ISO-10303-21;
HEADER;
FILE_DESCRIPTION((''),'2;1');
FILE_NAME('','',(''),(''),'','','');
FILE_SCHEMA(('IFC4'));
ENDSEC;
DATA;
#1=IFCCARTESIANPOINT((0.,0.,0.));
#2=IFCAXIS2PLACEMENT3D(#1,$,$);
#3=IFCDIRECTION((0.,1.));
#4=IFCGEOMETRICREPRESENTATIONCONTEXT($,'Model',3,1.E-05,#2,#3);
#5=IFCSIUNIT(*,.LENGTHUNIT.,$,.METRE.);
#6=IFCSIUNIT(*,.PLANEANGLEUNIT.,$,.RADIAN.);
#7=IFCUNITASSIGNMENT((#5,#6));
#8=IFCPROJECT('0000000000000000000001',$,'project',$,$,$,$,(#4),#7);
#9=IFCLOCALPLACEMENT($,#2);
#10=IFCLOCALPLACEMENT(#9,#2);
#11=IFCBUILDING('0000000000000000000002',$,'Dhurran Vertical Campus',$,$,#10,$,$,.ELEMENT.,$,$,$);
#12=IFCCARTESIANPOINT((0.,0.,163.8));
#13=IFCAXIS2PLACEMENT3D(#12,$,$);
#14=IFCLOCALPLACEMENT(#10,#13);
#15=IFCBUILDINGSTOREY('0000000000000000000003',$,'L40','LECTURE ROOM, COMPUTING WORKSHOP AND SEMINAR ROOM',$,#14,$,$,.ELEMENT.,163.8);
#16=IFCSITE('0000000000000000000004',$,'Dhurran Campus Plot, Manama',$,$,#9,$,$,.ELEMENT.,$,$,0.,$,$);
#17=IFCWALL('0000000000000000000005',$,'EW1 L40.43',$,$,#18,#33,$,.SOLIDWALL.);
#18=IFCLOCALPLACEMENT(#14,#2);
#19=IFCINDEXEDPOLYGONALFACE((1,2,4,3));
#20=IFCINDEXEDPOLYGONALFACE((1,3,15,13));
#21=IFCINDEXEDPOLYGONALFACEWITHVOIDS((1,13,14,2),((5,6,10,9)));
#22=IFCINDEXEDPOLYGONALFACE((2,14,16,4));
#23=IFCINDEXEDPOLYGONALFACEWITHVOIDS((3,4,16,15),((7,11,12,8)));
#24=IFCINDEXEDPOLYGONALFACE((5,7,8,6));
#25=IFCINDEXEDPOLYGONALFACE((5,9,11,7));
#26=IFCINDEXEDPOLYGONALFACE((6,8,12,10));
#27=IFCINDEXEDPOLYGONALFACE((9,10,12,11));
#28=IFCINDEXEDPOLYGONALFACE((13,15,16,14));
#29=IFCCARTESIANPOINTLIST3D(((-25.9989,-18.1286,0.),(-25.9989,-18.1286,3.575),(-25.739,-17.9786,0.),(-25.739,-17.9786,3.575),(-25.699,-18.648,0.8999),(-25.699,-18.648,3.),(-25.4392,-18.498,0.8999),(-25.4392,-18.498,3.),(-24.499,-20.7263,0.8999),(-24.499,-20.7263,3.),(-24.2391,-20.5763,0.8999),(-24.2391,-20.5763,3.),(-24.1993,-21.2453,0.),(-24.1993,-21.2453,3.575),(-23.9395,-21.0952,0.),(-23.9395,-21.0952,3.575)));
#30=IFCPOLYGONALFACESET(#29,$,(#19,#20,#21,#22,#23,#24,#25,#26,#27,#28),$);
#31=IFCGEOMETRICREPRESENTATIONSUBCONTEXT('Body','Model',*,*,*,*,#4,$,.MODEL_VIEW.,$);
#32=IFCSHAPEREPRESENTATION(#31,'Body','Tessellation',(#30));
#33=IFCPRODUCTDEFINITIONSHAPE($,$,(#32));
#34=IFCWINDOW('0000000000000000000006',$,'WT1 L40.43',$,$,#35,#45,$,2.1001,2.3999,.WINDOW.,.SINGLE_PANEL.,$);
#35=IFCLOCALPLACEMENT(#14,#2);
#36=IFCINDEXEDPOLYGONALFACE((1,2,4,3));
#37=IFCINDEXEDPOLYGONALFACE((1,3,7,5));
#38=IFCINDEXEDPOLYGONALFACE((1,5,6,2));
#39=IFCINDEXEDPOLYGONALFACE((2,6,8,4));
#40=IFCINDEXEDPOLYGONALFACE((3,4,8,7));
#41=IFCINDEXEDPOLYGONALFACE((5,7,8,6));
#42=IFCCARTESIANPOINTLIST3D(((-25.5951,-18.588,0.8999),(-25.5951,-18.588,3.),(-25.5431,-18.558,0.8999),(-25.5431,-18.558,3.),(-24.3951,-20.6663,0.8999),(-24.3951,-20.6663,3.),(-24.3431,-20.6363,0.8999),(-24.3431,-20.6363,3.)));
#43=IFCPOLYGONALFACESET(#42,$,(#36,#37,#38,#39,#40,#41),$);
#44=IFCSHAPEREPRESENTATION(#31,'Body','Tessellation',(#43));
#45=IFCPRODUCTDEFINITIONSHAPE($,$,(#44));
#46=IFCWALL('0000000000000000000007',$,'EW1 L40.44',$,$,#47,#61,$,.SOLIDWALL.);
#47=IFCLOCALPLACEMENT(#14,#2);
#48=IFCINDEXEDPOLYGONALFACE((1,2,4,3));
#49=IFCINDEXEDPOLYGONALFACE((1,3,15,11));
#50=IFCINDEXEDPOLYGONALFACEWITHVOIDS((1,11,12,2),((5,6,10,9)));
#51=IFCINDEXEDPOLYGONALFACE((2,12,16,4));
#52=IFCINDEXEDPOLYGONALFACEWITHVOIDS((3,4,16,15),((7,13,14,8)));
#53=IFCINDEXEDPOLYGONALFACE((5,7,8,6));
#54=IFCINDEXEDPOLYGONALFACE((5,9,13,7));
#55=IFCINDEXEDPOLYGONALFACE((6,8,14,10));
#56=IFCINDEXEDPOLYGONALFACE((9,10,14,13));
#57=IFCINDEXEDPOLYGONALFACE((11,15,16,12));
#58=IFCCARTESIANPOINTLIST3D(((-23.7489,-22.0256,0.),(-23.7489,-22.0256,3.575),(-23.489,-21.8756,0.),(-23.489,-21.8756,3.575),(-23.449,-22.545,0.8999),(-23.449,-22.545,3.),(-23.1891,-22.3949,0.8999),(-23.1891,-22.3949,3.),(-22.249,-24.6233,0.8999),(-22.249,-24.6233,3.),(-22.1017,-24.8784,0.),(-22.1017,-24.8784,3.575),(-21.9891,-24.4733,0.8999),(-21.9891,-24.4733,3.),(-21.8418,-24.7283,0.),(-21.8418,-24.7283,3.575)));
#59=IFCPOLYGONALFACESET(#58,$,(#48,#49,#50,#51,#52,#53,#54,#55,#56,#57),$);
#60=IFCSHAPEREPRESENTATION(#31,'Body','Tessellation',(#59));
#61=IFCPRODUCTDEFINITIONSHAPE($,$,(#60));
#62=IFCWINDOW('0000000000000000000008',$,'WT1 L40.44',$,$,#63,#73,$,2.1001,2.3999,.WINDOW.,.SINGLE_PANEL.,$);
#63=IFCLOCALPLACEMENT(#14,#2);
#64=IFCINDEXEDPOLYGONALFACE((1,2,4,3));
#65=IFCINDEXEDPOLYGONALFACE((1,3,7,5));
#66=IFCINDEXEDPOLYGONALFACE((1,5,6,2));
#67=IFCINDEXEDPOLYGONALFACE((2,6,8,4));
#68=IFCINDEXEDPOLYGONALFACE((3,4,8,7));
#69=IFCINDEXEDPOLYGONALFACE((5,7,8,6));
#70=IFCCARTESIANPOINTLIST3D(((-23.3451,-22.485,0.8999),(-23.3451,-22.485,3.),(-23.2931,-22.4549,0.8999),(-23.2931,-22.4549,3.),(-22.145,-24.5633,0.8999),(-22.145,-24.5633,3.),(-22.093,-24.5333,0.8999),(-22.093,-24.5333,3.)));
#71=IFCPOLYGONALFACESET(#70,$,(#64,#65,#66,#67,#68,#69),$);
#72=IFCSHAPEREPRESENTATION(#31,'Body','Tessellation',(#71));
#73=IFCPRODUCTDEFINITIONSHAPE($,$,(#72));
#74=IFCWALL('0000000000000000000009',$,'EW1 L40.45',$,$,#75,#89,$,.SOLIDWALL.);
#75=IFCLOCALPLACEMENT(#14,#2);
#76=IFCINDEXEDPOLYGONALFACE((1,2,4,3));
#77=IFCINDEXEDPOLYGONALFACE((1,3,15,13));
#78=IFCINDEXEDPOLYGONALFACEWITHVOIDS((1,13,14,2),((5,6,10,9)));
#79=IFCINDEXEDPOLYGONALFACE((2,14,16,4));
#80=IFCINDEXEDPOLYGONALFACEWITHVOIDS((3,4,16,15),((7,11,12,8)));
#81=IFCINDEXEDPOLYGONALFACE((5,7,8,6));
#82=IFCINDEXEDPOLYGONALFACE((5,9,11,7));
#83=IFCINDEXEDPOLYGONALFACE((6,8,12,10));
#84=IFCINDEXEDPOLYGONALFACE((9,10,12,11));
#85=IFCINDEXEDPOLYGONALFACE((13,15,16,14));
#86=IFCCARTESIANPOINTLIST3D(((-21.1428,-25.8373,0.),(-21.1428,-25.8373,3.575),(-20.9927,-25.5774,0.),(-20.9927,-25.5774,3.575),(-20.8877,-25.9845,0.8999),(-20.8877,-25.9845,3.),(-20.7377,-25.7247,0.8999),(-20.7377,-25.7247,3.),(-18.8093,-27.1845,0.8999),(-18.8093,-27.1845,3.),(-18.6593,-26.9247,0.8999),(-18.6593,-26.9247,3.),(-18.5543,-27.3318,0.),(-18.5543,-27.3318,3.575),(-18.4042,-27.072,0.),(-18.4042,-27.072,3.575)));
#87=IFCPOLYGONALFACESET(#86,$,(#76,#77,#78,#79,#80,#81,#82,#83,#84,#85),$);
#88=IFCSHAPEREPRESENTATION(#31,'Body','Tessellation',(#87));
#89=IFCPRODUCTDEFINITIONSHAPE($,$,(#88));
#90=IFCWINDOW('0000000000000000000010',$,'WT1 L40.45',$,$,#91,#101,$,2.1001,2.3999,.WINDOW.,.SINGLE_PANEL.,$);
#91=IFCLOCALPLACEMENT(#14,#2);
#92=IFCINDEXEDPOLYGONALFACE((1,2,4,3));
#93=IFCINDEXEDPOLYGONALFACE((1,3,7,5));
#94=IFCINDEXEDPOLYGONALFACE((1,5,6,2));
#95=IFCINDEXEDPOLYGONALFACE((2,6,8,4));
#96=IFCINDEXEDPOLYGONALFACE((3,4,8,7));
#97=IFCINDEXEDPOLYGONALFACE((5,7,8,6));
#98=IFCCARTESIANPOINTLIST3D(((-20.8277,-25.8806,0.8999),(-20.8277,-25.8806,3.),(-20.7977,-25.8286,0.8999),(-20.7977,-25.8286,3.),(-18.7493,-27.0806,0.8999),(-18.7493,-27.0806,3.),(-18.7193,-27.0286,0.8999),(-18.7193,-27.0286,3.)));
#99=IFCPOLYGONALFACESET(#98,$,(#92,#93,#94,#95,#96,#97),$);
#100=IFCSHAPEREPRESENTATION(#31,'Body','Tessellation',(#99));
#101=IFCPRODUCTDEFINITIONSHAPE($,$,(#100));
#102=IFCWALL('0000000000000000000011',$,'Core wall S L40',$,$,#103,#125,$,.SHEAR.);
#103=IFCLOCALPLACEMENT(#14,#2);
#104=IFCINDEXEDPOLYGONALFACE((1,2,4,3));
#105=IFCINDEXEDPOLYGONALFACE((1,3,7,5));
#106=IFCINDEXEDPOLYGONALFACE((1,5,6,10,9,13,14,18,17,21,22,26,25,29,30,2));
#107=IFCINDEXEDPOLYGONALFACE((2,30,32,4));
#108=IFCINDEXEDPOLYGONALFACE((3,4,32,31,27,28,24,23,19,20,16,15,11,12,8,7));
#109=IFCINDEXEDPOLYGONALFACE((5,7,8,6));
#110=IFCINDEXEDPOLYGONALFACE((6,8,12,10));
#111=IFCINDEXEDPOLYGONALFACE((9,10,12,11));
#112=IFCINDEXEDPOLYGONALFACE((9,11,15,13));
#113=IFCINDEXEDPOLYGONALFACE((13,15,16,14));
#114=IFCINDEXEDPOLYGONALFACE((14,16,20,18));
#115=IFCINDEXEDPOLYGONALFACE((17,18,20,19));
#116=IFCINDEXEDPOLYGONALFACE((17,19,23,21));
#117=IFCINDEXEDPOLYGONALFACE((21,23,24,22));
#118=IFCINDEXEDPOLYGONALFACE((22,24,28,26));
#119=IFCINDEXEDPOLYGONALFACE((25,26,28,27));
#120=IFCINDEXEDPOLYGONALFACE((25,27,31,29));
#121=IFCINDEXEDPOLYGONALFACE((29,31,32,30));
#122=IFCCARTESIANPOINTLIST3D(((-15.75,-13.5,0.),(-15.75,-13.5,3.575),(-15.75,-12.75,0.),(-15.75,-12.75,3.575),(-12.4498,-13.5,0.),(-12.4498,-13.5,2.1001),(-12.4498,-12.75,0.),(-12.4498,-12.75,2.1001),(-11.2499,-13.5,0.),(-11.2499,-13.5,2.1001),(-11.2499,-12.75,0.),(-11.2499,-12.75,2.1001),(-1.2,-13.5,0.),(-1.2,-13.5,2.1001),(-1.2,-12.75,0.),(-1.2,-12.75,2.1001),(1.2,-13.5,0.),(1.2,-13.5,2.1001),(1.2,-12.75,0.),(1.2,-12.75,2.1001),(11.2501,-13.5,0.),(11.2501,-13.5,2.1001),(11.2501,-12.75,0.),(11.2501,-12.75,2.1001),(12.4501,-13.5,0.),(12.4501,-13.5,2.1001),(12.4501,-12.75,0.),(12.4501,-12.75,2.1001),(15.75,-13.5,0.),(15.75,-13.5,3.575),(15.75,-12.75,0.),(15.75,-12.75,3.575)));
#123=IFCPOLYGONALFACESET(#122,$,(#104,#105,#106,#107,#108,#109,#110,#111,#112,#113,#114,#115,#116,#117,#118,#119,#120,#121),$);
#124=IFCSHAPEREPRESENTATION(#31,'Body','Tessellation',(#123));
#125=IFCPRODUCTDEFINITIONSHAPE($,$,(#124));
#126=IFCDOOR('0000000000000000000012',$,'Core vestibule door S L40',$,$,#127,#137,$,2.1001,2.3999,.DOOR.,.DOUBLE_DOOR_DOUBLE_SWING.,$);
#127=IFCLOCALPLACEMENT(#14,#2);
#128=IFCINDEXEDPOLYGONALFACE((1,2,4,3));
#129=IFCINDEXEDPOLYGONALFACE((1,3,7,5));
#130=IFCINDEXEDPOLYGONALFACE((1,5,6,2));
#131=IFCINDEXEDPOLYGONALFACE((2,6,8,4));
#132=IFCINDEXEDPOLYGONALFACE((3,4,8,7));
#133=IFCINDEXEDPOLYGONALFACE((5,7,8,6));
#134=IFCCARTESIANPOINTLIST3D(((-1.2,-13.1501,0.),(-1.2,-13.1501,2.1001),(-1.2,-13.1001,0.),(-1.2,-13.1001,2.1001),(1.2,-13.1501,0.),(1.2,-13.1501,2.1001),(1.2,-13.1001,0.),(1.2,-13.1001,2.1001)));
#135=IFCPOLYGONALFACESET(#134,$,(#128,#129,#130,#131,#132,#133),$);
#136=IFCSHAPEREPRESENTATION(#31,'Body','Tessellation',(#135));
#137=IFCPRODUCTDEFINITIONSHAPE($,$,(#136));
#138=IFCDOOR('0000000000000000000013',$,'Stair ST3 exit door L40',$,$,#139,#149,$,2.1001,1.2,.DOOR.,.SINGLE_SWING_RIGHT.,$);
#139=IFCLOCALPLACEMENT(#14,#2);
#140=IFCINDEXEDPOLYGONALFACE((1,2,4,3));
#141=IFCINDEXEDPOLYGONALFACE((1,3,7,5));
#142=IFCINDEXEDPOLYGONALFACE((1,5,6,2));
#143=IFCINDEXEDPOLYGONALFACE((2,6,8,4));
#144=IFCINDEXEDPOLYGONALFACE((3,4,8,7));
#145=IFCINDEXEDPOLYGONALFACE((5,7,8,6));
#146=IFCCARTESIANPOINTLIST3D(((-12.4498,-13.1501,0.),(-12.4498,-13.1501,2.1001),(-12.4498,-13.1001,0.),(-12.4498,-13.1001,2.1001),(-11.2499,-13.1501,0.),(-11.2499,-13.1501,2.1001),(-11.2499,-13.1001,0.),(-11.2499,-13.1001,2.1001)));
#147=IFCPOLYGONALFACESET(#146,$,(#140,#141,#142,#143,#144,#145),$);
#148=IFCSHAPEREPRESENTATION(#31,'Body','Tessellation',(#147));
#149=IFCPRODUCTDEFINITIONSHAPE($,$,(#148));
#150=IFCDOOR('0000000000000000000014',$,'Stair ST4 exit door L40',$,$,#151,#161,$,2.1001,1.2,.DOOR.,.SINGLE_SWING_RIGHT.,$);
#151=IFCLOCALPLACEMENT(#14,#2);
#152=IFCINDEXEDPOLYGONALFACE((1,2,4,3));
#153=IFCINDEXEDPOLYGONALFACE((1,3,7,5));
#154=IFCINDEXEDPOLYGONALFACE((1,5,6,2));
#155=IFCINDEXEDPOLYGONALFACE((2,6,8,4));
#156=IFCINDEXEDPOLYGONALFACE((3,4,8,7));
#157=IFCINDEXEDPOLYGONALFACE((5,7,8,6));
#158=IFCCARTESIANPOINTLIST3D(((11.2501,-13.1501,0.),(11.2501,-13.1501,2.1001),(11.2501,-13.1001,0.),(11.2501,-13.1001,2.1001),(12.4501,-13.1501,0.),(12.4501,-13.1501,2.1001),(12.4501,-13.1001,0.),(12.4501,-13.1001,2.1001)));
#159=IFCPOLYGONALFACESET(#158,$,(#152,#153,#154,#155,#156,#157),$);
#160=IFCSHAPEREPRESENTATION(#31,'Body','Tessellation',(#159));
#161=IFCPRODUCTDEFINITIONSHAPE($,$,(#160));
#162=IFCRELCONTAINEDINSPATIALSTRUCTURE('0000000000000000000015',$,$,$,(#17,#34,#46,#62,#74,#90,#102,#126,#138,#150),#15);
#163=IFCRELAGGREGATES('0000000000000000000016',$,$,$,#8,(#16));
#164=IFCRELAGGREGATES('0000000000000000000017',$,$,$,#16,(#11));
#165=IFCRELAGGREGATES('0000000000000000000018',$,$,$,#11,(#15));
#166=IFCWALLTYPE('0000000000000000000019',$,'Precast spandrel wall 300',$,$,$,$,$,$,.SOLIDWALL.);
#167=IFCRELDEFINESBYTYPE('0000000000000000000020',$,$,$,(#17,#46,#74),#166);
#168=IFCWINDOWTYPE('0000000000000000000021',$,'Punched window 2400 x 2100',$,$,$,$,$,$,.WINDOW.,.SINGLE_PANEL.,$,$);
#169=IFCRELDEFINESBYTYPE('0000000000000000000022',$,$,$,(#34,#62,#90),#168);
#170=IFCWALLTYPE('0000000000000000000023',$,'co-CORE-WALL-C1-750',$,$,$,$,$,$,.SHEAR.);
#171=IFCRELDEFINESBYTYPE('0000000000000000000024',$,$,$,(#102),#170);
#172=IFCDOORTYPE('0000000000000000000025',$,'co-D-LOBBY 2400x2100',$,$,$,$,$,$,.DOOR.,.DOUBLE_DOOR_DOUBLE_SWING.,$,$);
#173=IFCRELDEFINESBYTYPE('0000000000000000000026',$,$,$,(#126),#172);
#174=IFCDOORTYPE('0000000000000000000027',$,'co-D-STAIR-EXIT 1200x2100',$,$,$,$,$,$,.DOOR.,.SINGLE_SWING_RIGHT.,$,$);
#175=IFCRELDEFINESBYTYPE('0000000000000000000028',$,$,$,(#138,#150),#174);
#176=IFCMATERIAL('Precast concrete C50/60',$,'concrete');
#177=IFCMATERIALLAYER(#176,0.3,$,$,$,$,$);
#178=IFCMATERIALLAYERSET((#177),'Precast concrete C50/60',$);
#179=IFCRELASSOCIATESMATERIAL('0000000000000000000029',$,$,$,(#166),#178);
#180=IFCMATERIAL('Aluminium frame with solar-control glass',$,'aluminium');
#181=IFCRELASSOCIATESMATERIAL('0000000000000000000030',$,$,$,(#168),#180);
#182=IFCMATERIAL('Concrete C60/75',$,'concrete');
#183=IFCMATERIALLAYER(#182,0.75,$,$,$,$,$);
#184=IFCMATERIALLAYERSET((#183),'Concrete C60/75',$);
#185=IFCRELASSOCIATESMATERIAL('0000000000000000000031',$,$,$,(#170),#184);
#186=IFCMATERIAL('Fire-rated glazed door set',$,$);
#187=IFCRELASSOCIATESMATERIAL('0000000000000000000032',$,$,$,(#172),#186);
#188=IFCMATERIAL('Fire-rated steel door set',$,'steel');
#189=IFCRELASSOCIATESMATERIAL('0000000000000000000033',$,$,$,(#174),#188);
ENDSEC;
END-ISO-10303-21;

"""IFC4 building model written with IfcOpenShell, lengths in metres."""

from ifc_helpers import new_model, si_unit, direction, frame, frame_2d, origin, place, context, subcontext, project, spatial, rectangle, extrude, material, layer, layer_set, type_object, element, fill, save


model = new_model("IFC4")

# Units and contexts
model_context = context("Model", 3, precision=1e-05, world=origin(), true_north=direction((0.0, 1.0)))
body_context = subcontext(model_context, "Body", "Model", "MODEL_VIEW")
ifc_project = project(units=[si_unit("LENGTHUNIT", "METRE"), si_unit("PLANEANGLEUNIT", "RADIAN")], contexts=[model_context])

# Site, building, storey
site_placement = place(None, origin())
site = spatial("IfcSite", under=ifc_project, at=site_placement, Name="Dhurran Campus Plot, Manama", CompositionType="ELEMENT", RefElevation=0.0)
building_placement = place(site_placement, origin())
building = spatial("IfcBuilding", under=site, at=building_placement, Name="Dhurran Vertical Campus", CompositionType="ELEMENT")
storey_placement = place(building_placement, frame((0.0, 0.0, 163.8)))
storey = spatial("IfcBuildingStorey", under=building, at=storey_placement, Name="L40", Description="LECTURE ROOM, COMPUTING WORKSHOP AND SEMINAR ROOM", CompositionType="ELEMENT", Elevation=163.8)

# Walls, openings, windows
ifc_material_1 = material(Name="Precast concrete C50/60", Category="concrete")
ifc_layer_1 = layer(ifc_material_1, 0.3)
ifc_layer_set_1 = layer_set([ifc_layer_1], Name="Precast concrete C50/60")
wall_type_1 = type_object("IfcWallType", Name="Precast spandrel wall 300", PredefinedType="SOLIDWALL", material=ifc_layer_set_1)
ifc_material_2 = material(Name="Aluminium frame with solar-control glass", Category="aluminium")
window_type = type_object("IfcWindowType", Name="Punched window 2400 x 2100", PartitioningType="SINGLE_PANEL", PredefinedType="WINDOW", material=ifc_material_2)
wall_1_placement = place(storey_placement, frame((-25.8689, -18.0537, 0.0), z_axis=(0.0, 0.0, 1.0), x_axis=(0.500028, -0.866009, 0.0)))
wall_1 = element("IfcWall", 1, at=wall_1_placement, inside=storey, type_object=wall_type_1, Name="EW1 L40.43", PredefinedType="SOLIDWALL", context=body_context, shape_type="SweptSolid", body=[
    extrude(rectangle(XDim=3.5989, YDim=0.3, at=frame_2d((1.7993, 0.0))), origin(), (0.0, 0.0, 1.0), 3.575),
])
opening_1_placement = place(wall_1_placement, frame((0.5996, 0.0, 0.8999)))
opening_1 = element("IfcOpeningElement", 2, at=opening_1_placement, cuts=wall_1, PredefinedType="OPENING", context=body_context, shape_type="SweptSolid", body=[
    extrude(rectangle(XDim=2.3999, YDim=2.1001, at=frame_2d((1.2, 1.05))), frame((0.0, 0.1599, 0.0), z_axis=(0.0, -1.0, 0.0), x_axis=(1.0, 0.0, 0.0)), (0.0, 0.0, 1.0), 0.3201),
])
window_1_placement = place(opening_1_placement, origin())
window_1 = element("IfcWindow", 3, at=window_1_placement, inside=storey, type_object=window_type, Name="WT1 L40.43", OverallHeight=2.1001, OverallWidth=2.3999, PartitioningType="SINGLE_PANEL", PredefinedType="WINDOW", context=body_context, shape_type="SweptSolid", body=[
    extrude(rectangle(XDim=2.3999, YDim=2.1001, at=frame_2d((1.2, 1.05))), frame((0.0, 0.03, 0.0), z_axis=(0.0, -1.0, 0.0), x_axis=(1.0, 0.0, 0.0)), (0.0, 0.0, 1.0), 0.0601),
])
fill(opening_1, window_1)
wall_2_placement = place(storey_placement, frame((-23.6189, -21.9507, 0.0), z_axis=(0.0, 0.0, 1.0), x_axis=(0.500037, -0.866004, 0.0)))
wall_2 = element("IfcWall", 4, at=wall_2_placement, inside=storey, type_object=wall_type_1, Name="EW1 L40.44", PredefinedType="SOLIDWALL", context=body_context, shape_type="SweptSolid", body=[
    extrude(rectangle(XDim=3.2942, YDim=0.3, at=frame_2d((1.647, 0.0))), origin(), (0.0, 0.0, 1.0), 3.575),
])
opening_2_placement = place(wall_2_placement, frame((0.5996, 0.0, 0.8999)))
opening_2 = element("IfcOpeningElement", 5, at=opening_2_placement, cuts=wall_2, PredefinedType="OPENING", context=body_context, shape_type="SweptSolid", body=[
    extrude(rectangle(XDim=2.3999, YDim=2.1001, at=frame_2d((1.2, 1.05))), frame((0.0, 0.1599, 0.0), z_axis=(0.0, -1.0, 0.0), x_axis=(1.0, 0.0, 0.0)), (0.0, 0.0, 1.0), 0.3201),
])
window_2_placement = place(opening_2_placement, origin())
window_2 = element("IfcWindow", 6, at=window_2_placement, inside=storey, type_object=window_type, Name="WT1 L40.44", OverallHeight=2.1001, OverallWidth=2.3999, PartitioningType="SINGLE_PANEL", PredefinedType="WINDOW", context=body_context, shape_type="SweptSolid", body=[
    extrude(rectangle(XDim=2.3999, YDim=2.1001, at=frame_2d((1.2, 1.05))), frame((0.0, 0.03, 0.0), z_axis=(0.0, -1.0, 0.0), x_axis=(1.0, 0.0, 0.0)), (0.0, 0.0, 1.0), 0.0601),
])
fill(opening_2, window_2)
wall_3_placement = place(storey_placement, frame((-21.0679, -25.7073, 0.0), z_axis=(0.0, 0.0, 1.0), x_axis=(0.866013, -0.500022, 0.0)))
wall_3 = element("IfcWall", 7, at=wall_3_placement, inside=storey, type_object=wall_type_1, Name="EW1 L40.45", PredefinedType="SOLIDWALL", context=body_context, shape_type="SweptSolid", body=[
    extrude(rectangle(XDim=2.989, YDim=0.3, at=frame_2d((1.4946, 0.0))), origin(), (0.0, 0.0, 1.0), 3.575),
])
opening_3_placement = place(wall_3_placement, frame((0.2947, 0.0, 0.8999)))
opening_3 = element("IfcOpeningElement", 8, at=opening_3_placement, cuts=wall_3, PredefinedType="OPENING", context=body_context, shape_type="SweptSolid", body=[
    extrude(rectangle(XDim=2.3999, YDim=2.1001, at=frame_2d((1.2, 1.05))), frame((0.0, 0.1599, 0.0), z_axis=(0.0, -1.0, 0.0), x_axis=(1.0, 0.0, 0.0)), (0.0, 0.0, 1.0), 0.3201),
])
window_3_placement = place(opening_3_placement, origin())
window_3 = element("IfcWindow", 9, at=window_3_placement, inside=storey, type_object=window_type, Name="WT1 L40.45", OverallHeight=2.1001, OverallWidth=2.3999, PartitioningType="SINGLE_PANEL", PredefinedType="WINDOW", context=body_context, shape_type="SweptSolid", body=[
    extrude(rectangle(XDim=2.3999, YDim=2.1001, at=frame_2d((1.2, 1.05))), frame((0.0, 0.03, 0.0), z_axis=(0.0, -1.0, 0.0), x_axis=(1.0, 0.0, 0.0)), (0.0, 0.0, 1.0), 0.0601),
])
fill(opening_3, window_3)

# Wall, openings, doors
ifc_material_3 = material(Name="Concrete C60/75", Category="concrete")
ifc_layer_2 = layer(ifc_material_3, 0.75)
ifc_layer_set_2 = layer_set([ifc_layer_2], Name="Concrete C60/75")
wall_type_2 = type_object("IfcWallType", Name="co-CORE-WALL-C1-750", PredefinedType="SHEAR", material=ifc_layer_set_2)
wall_4_placement = place(storey_placement, frame((-15.75, -13.125, 0.0), z_axis=(0.0, 0.0, 1.0), x_axis=(1.0, 0.0, 0.0)))
wall_4 = element("IfcWall", 10, at=wall_4_placement, inside=storey, type_object=wall_type_2, Name="Core wall S L40", PredefinedType="SHEAR", context=body_context, shape_type="SweptSolid", body=[
    extrude(rectangle(XDim=31.5, YDim=0.75, at=frame_2d((15.75, 0.0))), origin(), (0.0, 0.0, 1.0), 3.575),
])
opening_4_placement = place(wall_4_placement, frame((14.55, 0.0, 0.0)))
opening_4 = element("IfcOpeningElement", 11, at=opening_4_placement, cuts=wall_4, PredefinedType="OPENING", context=body_context, shape_type="SweptSolid", body=[
    extrude(rectangle(XDim=2.3999, YDim=2.1001, at=frame_2d((1.2, 1.05))), frame((0.0, 0.385, 0.0), z_axis=(0.0, -1.0, 0.0), x_axis=(1.0, 0.0, 0.0)), (0.0, 0.0, 1.0), 0.77),
])
opening_5_placement = place(wall_4_placement, frame((3.3, 0.0, 0.0)))
opening_5 = element("IfcOpeningElement", 12, at=opening_5_placement, cuts=wall_4, PredefinedType="OPENING", context=body_context, shape_type="SweptSolid", body=[
    extrude(rectangle(XDim=1.2, YDim=2.1001, at=frame_2d((0.6001, 1.05))), frame((0.0, 0.385, 0.0), z_axis=(0.0, -1.0, 0.0), x_axis=(1.0, 0.0, 0.0)), (0.0, 0.0, 1.0), 0.77),
])
opening_6_placement = place(wall_4_placement, frame((27.0, 0.0, 0.0)))
opening_6 = element("IfcOpeningElement", 13, at=opening_6_placement, cuts=wall_4, PredefinedType="OPENING", context=body_context, shape_type="SweptSolid", body=[
    extrude(rectangle(XDim=1.2, YDim=2.1001, at=frame_2d((0.6001, 1.05))), frame((0.0, 0.385, 0.0), z_axis=(0.0, -1.0, 0.0), x_axis=(1.0, 0.0, 0.0)), (0.0, 0.0, 1.0), 0.77),
])
ifc_material_4 = material(Name="Fire-rated glazed door set")
door_type_1 = type_object("IfcDoorType", Name="co-D-LOBBY 2400x2100", OperationType="DOUBLE_DOOR_DOUBLE_SWING", PredefinedType="DOOR", material=ifc_material_4)
door_1_placement = place(opening_4_placement, origin())
door_1 = element("IfcDoor", 14, at=door_1_placement, inside=storey, type_object=door_type_1, Name="Core vestibule door S L40", OperationType="DOUBLE_DOOR_DOUBLE_SWING", OverallHeight=2.1001, OverallWidth=2.3999, PredefinedType="DOOR", context=body_context, shape_type="SweptSolid", body=[
    extrude(rectangle(XDim=2.3999, YDim=2.1001, at=frame_2d((1.2, 1.05))), frame((0.0, 0.0249, 0.0), z_axis=(0.0, -1.0, 0.0), x_axis=(1.0, 0.0, 0.0)), (0.0, 0.0, 1.0), 0.05),
])
fill(opening_4, door_1)
ifc_material_5 = material(Name="Fire-rated steel door set", Category="steel")
door_type_2 = type_object("IfcDoorType", Name="co-D-STAIR-EXIT 1200x2100", OperationType="SINGLE_SWING_RIGHT", PredefinedType="DOOR", material=ifc_material_5)
door_2_placement = place(opening_5_placement, origin())
door_2 = element("IfcDoor", 15, at=door_2_placement, inside=storey, type_object=door_type_2, Name="Stair ST3 exit door L40", OperationType="SINGLE_SWING_RIGHT", OverallHeight=2.1001, OverallWidth=1.2, PredefinedType="DOOR", context=body_context, shape_type="SweptSolid", body=[
    extrude(rectangle(XDim=1.2, YDim=2.1001, at=frame_2d((0.6001, 1.05))), frame((0.0, 0.0249, 0.0), z_axis=(0.0, -1.0, 0.0), x_axis=(1.0, 0.0, 0.0)), (0.0, 0.0, 1.0), 0.05),
])
fill(opening_5, door_2)
door_3_placement = place(opening_6_placement, origin())
door_3 = element("IfcDoor", 16, at=door_3_placement, inside=storey, type_object=door_type_2, Name="Stair ST4 exit door L40", OperationType="SINGLE_SWING_RIGHT", OverallHeight=2.1001, OverallWidth=1.2, PredefinedType="DOOR", context=body_context, shape_type="SweptSolid", body=[
    extrude(rectangle(XDim=1.2, YDim=2.1001, at=frame_2d((0.6001, 1.05))), frame((0.0, 0.0249, 0.0), z_axis=(0.0, -1.0, 0.0), x_axis=(1.0, 0.0, 0.0)), (0.0, 0.0, 1.0), 0.05),
])
fill(opening_6, door_3)

save(model, "model.ifc")
